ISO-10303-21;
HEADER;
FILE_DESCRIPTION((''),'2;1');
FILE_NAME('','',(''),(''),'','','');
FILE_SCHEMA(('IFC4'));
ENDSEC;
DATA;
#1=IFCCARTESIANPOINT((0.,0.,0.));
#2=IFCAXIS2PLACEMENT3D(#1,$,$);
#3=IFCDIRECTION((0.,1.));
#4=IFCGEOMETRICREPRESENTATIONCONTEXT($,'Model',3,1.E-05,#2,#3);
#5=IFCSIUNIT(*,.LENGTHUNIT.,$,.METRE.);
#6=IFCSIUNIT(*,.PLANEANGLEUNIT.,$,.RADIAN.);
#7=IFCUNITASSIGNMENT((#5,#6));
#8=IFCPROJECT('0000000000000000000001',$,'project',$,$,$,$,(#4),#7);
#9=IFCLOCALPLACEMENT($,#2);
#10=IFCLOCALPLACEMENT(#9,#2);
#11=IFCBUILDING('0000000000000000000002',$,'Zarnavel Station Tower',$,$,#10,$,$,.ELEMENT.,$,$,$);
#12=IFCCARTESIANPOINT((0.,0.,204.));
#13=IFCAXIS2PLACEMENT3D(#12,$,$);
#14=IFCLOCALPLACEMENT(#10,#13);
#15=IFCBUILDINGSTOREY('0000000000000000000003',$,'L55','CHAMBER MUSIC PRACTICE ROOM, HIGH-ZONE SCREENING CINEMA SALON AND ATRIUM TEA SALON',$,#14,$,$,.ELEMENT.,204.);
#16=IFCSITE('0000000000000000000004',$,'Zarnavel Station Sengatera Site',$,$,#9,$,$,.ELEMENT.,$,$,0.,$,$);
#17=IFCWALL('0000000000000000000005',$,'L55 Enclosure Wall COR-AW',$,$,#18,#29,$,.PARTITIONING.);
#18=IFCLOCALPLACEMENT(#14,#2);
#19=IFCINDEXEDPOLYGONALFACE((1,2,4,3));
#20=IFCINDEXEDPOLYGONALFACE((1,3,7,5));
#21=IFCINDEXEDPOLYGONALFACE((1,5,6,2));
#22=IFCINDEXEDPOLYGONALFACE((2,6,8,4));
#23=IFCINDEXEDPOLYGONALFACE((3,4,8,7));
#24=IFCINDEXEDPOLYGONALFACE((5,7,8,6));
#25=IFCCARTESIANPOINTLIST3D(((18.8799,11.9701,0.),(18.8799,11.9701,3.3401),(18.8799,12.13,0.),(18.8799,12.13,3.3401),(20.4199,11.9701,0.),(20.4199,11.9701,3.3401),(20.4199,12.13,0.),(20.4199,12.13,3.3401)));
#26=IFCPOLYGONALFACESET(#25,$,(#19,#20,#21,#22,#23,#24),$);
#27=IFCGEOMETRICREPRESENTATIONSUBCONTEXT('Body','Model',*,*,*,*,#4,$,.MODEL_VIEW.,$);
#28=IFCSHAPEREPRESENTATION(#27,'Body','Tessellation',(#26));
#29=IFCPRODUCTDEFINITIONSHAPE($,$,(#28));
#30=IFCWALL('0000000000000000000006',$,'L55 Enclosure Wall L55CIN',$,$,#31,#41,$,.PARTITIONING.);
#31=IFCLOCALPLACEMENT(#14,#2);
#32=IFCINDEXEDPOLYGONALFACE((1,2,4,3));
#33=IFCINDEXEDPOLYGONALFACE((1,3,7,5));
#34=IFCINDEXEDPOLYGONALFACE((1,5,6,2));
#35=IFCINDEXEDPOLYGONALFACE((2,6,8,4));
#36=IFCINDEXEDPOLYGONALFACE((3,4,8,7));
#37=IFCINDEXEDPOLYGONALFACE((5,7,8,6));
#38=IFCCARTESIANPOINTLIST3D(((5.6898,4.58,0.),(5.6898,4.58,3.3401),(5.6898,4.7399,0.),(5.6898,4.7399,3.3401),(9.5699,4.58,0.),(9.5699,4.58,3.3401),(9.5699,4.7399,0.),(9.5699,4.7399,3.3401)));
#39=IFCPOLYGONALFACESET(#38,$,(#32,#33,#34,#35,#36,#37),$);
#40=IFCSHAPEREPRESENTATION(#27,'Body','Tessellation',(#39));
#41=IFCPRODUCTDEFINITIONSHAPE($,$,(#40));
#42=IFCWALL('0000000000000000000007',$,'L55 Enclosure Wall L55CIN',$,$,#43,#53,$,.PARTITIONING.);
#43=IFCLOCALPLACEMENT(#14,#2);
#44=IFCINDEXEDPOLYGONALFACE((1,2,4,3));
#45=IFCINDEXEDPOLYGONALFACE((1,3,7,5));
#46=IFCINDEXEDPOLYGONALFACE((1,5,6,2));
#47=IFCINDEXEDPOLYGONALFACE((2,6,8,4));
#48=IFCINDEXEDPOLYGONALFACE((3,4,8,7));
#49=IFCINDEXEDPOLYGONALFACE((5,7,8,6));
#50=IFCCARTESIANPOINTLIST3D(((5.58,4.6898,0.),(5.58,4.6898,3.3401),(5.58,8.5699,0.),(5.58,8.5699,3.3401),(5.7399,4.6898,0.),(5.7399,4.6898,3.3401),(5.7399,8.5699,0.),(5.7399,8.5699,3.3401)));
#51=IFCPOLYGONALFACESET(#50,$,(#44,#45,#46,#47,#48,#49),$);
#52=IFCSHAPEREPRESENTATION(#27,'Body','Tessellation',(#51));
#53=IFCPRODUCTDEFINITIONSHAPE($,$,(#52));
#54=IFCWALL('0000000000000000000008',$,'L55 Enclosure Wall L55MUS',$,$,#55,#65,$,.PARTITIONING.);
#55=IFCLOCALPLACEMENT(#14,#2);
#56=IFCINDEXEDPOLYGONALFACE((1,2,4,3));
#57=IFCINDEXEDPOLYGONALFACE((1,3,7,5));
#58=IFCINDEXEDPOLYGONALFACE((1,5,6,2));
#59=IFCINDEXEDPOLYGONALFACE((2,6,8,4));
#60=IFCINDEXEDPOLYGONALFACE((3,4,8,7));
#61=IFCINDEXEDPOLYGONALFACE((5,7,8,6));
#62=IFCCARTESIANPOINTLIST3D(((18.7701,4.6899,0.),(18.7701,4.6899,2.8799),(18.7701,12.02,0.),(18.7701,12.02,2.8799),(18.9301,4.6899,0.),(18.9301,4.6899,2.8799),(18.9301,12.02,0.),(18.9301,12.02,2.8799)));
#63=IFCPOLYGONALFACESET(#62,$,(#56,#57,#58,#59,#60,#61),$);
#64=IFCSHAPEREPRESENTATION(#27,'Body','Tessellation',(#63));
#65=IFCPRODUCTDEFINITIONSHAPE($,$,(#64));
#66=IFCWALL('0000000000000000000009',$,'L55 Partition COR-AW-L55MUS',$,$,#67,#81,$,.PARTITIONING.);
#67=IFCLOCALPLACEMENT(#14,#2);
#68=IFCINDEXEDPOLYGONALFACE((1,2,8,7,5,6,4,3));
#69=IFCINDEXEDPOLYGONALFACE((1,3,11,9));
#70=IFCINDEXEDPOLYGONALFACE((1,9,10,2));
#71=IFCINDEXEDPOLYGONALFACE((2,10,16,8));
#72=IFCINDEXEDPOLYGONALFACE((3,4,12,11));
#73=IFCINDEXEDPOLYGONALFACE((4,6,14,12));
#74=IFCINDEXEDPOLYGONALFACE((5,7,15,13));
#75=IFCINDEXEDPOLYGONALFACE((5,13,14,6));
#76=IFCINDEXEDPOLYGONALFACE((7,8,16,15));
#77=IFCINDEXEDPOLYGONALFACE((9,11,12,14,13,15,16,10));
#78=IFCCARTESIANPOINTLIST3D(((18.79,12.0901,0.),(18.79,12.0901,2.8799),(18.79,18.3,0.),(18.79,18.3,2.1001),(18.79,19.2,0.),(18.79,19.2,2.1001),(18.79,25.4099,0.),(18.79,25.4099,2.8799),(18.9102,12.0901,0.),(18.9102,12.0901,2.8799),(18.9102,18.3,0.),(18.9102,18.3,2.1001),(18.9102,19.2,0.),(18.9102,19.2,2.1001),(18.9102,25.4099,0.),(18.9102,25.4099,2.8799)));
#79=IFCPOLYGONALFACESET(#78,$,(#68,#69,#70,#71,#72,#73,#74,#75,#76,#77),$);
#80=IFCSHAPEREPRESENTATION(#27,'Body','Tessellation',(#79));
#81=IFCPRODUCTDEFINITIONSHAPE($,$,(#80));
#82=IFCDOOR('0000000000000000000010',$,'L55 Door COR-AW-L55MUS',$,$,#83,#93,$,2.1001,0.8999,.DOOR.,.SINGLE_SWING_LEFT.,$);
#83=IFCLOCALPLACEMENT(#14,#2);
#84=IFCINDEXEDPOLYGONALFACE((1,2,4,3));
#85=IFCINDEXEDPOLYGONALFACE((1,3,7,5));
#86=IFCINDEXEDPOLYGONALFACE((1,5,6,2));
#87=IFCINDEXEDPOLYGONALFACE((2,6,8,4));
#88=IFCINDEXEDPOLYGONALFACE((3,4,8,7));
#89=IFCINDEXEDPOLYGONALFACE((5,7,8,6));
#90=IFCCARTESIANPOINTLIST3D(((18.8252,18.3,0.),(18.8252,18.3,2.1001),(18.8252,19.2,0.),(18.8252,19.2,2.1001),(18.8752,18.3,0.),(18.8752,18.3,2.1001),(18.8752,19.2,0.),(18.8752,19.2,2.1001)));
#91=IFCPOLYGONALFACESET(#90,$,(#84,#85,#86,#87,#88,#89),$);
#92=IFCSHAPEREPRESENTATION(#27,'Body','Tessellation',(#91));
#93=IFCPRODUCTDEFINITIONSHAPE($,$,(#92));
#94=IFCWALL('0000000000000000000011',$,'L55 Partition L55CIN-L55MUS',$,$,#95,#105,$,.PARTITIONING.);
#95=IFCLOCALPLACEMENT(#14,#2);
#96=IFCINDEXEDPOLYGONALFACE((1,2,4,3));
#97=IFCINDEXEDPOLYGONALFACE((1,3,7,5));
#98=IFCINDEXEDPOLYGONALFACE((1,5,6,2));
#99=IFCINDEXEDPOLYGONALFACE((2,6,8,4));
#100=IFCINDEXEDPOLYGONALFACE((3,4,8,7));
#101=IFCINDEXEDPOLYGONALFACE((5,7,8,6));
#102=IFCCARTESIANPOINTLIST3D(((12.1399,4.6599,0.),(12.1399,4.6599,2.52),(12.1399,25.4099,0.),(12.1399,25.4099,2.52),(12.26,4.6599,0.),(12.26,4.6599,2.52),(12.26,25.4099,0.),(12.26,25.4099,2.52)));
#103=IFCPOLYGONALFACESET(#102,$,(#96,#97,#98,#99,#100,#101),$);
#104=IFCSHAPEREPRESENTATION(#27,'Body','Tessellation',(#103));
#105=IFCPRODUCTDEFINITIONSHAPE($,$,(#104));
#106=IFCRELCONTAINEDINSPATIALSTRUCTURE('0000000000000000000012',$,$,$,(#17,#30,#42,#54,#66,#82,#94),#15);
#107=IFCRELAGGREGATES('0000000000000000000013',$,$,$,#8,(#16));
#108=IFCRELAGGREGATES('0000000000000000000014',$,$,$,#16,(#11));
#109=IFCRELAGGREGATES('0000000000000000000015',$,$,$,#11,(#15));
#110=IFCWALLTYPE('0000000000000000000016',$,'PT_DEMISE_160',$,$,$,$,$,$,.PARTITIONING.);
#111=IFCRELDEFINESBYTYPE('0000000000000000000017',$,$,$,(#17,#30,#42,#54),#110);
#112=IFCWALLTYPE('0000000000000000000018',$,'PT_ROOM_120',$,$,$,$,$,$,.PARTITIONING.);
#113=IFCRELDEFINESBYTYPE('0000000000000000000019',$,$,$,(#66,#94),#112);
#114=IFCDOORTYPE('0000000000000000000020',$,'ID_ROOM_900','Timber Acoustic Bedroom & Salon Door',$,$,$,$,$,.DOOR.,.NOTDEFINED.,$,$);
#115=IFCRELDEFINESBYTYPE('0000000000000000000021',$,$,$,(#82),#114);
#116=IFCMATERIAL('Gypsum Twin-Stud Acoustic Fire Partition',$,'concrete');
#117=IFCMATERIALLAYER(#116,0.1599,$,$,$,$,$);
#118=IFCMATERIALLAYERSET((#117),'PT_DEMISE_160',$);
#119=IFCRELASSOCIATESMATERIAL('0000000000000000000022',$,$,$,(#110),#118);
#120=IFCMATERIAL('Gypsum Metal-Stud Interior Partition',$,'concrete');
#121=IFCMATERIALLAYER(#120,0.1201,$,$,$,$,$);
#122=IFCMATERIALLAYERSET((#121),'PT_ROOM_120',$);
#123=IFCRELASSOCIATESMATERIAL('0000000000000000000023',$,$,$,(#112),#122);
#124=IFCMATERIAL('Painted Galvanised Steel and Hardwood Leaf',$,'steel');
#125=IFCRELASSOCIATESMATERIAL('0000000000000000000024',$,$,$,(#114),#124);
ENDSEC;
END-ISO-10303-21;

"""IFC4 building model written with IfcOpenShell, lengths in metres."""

from ifc_helpers import new_model, si_unit, direction, frame, frame_2d, origin, place, context, subcontext, project, spatial, rectangle, extrude, material, layer, layer_set, type_object, element, fill, save


model = new_model("IFC4")

# Units and contexts
model_context = context("Model", 3, precision=1e-05, world=origin(), true_north=direction((0.0, 1.0)))
body_context = subcontext(model_context, "Body", "Model", "MODEL_VIEW")
ifc_project = project(units=[si_unit("LENGTHUNIT", "METRE"), si_unit("PLANEANGLEUNIT", "RADIAN")], contexts=[model_context])

# Site, building, storey
site_placement = place(None, origin())
site = spatial("IfcSite", under=ifc_project, at=site_placement, Name="Zarnavel Station Sengatera Site", CompositionType="ELEMENT", RefElevation=0.0)
building_placement = place(site_placement, origin())
building = spatial("IfcBuilding", under=site, at=building_placement, Name="Zarnavel Station Tower", CompositionType="ELEMENT")
storey_placement = place(building_placement, frame((0.0, 0.0, 204.0)))
storey = spatial("IfcBuildingStorey", under=building, at=storey_placement, Name="L55", Description="CHAMBER MUSIC PRACTICE ROOM, HIGH-ZONE SCREENING CINEMA SALON AND ATRIUM TEA SALON", CompositionType="ELEMENT", Elevation=204.0)

# Walls
ifc_material_1 = material(Name="Gypsum Twin-Stud Acoustic Fire Partition", Category="concrete")
ifc_layer_1 = layer(ifc_material_1, 0.1599)
ifc_layer_set_1 = layer_set([ifc_layer_1], Name="PT_DEMISE_160")
wall_type_1 = type_object("IfcWallType", Name="PT_DEMISE_160", PredefinedType="PARTITIONING", material=ifc_layer_set_1)
wall_1_placement = place(storey_placement, frame((18.8799, 12.05, 0.0), z_axis=(0.0, 0.0, 1.0), x_axis=(1.0, 0.0, 0.0)))
element("IfcWall", 1, at=wall_1_placement, inside=storey, type_object=wall_type_1, Name="L55 Enclosure Wall COR-AW", PredefinedType="PARTITIONING", context=body_context, shape_type="SweptSolid", body=[
    extrude(rectangle(XDim=1.54, YDim=0.1599, at=frame_2d((0.77, 0.0))), origin(), (0.0, 0.0, 1.0), 3.3401),
])
for number, where, z_axis, x_axis, name in (
    (2, (5.6899, 4.6599, 0.0), (0.0, 0.0, 1.0), (1.0, 0.0, 0.0), "L55 Enclosure Wall L55CIN"),
    (3, (5.6599, 4.6899, 0.0), (0.0, 0.0, 1.0), (0.0, 1.0, 0.0), "L55 Enclosure Wall L55CIN"),
):
    element("IfcWall", number, at=place(storey_placement, frame(where, z_axis=z_axis, x_axis=x_axis)), inside=storey, type_object=wall_type_1, Name=name, PredefinedType="PARTITIONING", context=body_context, shape_type="SweptSolid", body=[
        extrude(rectangle(XDim=3.8801, YDim=0.1599, at=frame_2d((1.9399, 0.0))), origin(), (0.0, 0.0, 1.0), 3.3401),
    ])
wall_2_placement = place(storey_placement, frame((18.8501, 4.6899, 0.0), z_axis=(0.0, 0.0, 1.0), x_axis=(0.0, 1.0, 0.0)))
element("IfcWall", 4, at=wall_2_placement, inside=storey, type_object=wall_type_1, Name="L55 Enclosure Wall L55MUS", PredefinedType="PARTITIONING", context=body_context, shape_type="SweptSolid", body=[
    extrude(rectangle(XDim=7.3301, YDim=0.1599, at=frame_2d((3.665, 0.0))), origin(), (0.0, 0.0, 1.0), 2.8799),
])

# Wall, opening, door
ifc_material_2 = material(Name="Gypsum Metal-Stud Interior Partition", Category="concrete")
ifc_layer_2 = layer(ifc_material_2, 0.1201)
ifc_layer_set_2 = layer_set([ifc_layer_2], Name="PT_ROOM_120")
wall_type_2 = type_object("IfcWallType", Name="PT_ROOM_120", PredefinedType="PARTITIONING", material=ifc_layer_set_2)
wall_3_placement = place(storey_placement, frame((18.8501, 12.0901, 0.0), z_axis=(0.0, 0.0, 1.0), x_axis=(0.0, 1.0, 0.0)))
wall_3 = element("IfcWall", 5, at=wall_3_placement, inside=storey, type_object=wall_type_2, Name="L55 Partition COR-AW-L55MUS", PredefinedType="PARTITIONING", context=body_context, shape_type="SweptSolid", body=[
    extrude(rectangle(XDim=13.3198, YDim=0.1201, at=frame_2d((6.6599, 0.0))), origin(), (0.0, 0.0, 1.0), 2.8799),
])
opening_1_placement = place(wall_3_placement, frame((6.21, 0.0, 0.0)))
opening_1 = element("IfcOpeningElement", 6, at=opening_1_placement, cuts=wall_3, PredefinedType="OPENING", context=body_context, shape_type="SweptSolid", body=[
    extrude(rectangle(XDim=0.8999, YDim=2.1001, at=frame_2d((0.45, 1.05))), frame((0.0, 0.0701, 0.0), z_axis=(0.0, -1.0, 0.0), x_axis=(1.0, 0.0, 0.0)), (0.0, 0.0, 1.0), 0.1401),
])
ifc_material_3 = material(Name="Painted Galvanised Steel and Hardwood Leaf", Category="steel")
door_type = type_object("IfcDoorType", Name="ID_ROOM_900", Description="Timber Acoustic Bedroom & Salon Door", OperationType="NOTDEFINED", PredefinedType="DOOR", material=ifc_material_3)
door_placement = place(opening_1_placement, origin())
door = element("IfcDoor", 7, at=door_placement, inside=storey, type_object=door_type, Name="L55 Door COR-AW-L55MUS", OperationType="SINGLE_SWING_LEFT", OverallHeight=2.1001, OverallWidth=0.8999, PredefinedType="DOOR", context=body_context, shape_type="SweptSolid", body=[
    extrude(rectangle(XDim=0.8999, YDim=2.1001, at=frame_2d((0.45, 1.05))), frame((0.0, 0.0249, 0.0), z_axis=(0.0, -1.0, 0.0), x_axis=(1.0, 0.0, 0.0)), (0.0, 0.0, 1.0), 0.05),
])
fill(opening_1, door)

# Wall
wall_4_placement = place(storey_placement, frame((12.2, 4.6599, 0.0), z_axis=(0.0, 0.0, 1.0), x_axis=(0.0, 1.0, 0.0)))
element("IfcWall", 8, at=wall_4_placement, inside=storey, type_object=wall_type_2, Name="L55 Partition L55CIN-L55MUS", PredefinedType="PARTITIONING", context=body_context, shape_type="SweptSolid", body=[
    extrude(rectangle(XDim=20.75, YDim=0.1201, at=frame_2d((10.375, 0.0))), origin(), (0.0, 0.0, 1.0), 2.52),
])

save(model, "model.ifc")
